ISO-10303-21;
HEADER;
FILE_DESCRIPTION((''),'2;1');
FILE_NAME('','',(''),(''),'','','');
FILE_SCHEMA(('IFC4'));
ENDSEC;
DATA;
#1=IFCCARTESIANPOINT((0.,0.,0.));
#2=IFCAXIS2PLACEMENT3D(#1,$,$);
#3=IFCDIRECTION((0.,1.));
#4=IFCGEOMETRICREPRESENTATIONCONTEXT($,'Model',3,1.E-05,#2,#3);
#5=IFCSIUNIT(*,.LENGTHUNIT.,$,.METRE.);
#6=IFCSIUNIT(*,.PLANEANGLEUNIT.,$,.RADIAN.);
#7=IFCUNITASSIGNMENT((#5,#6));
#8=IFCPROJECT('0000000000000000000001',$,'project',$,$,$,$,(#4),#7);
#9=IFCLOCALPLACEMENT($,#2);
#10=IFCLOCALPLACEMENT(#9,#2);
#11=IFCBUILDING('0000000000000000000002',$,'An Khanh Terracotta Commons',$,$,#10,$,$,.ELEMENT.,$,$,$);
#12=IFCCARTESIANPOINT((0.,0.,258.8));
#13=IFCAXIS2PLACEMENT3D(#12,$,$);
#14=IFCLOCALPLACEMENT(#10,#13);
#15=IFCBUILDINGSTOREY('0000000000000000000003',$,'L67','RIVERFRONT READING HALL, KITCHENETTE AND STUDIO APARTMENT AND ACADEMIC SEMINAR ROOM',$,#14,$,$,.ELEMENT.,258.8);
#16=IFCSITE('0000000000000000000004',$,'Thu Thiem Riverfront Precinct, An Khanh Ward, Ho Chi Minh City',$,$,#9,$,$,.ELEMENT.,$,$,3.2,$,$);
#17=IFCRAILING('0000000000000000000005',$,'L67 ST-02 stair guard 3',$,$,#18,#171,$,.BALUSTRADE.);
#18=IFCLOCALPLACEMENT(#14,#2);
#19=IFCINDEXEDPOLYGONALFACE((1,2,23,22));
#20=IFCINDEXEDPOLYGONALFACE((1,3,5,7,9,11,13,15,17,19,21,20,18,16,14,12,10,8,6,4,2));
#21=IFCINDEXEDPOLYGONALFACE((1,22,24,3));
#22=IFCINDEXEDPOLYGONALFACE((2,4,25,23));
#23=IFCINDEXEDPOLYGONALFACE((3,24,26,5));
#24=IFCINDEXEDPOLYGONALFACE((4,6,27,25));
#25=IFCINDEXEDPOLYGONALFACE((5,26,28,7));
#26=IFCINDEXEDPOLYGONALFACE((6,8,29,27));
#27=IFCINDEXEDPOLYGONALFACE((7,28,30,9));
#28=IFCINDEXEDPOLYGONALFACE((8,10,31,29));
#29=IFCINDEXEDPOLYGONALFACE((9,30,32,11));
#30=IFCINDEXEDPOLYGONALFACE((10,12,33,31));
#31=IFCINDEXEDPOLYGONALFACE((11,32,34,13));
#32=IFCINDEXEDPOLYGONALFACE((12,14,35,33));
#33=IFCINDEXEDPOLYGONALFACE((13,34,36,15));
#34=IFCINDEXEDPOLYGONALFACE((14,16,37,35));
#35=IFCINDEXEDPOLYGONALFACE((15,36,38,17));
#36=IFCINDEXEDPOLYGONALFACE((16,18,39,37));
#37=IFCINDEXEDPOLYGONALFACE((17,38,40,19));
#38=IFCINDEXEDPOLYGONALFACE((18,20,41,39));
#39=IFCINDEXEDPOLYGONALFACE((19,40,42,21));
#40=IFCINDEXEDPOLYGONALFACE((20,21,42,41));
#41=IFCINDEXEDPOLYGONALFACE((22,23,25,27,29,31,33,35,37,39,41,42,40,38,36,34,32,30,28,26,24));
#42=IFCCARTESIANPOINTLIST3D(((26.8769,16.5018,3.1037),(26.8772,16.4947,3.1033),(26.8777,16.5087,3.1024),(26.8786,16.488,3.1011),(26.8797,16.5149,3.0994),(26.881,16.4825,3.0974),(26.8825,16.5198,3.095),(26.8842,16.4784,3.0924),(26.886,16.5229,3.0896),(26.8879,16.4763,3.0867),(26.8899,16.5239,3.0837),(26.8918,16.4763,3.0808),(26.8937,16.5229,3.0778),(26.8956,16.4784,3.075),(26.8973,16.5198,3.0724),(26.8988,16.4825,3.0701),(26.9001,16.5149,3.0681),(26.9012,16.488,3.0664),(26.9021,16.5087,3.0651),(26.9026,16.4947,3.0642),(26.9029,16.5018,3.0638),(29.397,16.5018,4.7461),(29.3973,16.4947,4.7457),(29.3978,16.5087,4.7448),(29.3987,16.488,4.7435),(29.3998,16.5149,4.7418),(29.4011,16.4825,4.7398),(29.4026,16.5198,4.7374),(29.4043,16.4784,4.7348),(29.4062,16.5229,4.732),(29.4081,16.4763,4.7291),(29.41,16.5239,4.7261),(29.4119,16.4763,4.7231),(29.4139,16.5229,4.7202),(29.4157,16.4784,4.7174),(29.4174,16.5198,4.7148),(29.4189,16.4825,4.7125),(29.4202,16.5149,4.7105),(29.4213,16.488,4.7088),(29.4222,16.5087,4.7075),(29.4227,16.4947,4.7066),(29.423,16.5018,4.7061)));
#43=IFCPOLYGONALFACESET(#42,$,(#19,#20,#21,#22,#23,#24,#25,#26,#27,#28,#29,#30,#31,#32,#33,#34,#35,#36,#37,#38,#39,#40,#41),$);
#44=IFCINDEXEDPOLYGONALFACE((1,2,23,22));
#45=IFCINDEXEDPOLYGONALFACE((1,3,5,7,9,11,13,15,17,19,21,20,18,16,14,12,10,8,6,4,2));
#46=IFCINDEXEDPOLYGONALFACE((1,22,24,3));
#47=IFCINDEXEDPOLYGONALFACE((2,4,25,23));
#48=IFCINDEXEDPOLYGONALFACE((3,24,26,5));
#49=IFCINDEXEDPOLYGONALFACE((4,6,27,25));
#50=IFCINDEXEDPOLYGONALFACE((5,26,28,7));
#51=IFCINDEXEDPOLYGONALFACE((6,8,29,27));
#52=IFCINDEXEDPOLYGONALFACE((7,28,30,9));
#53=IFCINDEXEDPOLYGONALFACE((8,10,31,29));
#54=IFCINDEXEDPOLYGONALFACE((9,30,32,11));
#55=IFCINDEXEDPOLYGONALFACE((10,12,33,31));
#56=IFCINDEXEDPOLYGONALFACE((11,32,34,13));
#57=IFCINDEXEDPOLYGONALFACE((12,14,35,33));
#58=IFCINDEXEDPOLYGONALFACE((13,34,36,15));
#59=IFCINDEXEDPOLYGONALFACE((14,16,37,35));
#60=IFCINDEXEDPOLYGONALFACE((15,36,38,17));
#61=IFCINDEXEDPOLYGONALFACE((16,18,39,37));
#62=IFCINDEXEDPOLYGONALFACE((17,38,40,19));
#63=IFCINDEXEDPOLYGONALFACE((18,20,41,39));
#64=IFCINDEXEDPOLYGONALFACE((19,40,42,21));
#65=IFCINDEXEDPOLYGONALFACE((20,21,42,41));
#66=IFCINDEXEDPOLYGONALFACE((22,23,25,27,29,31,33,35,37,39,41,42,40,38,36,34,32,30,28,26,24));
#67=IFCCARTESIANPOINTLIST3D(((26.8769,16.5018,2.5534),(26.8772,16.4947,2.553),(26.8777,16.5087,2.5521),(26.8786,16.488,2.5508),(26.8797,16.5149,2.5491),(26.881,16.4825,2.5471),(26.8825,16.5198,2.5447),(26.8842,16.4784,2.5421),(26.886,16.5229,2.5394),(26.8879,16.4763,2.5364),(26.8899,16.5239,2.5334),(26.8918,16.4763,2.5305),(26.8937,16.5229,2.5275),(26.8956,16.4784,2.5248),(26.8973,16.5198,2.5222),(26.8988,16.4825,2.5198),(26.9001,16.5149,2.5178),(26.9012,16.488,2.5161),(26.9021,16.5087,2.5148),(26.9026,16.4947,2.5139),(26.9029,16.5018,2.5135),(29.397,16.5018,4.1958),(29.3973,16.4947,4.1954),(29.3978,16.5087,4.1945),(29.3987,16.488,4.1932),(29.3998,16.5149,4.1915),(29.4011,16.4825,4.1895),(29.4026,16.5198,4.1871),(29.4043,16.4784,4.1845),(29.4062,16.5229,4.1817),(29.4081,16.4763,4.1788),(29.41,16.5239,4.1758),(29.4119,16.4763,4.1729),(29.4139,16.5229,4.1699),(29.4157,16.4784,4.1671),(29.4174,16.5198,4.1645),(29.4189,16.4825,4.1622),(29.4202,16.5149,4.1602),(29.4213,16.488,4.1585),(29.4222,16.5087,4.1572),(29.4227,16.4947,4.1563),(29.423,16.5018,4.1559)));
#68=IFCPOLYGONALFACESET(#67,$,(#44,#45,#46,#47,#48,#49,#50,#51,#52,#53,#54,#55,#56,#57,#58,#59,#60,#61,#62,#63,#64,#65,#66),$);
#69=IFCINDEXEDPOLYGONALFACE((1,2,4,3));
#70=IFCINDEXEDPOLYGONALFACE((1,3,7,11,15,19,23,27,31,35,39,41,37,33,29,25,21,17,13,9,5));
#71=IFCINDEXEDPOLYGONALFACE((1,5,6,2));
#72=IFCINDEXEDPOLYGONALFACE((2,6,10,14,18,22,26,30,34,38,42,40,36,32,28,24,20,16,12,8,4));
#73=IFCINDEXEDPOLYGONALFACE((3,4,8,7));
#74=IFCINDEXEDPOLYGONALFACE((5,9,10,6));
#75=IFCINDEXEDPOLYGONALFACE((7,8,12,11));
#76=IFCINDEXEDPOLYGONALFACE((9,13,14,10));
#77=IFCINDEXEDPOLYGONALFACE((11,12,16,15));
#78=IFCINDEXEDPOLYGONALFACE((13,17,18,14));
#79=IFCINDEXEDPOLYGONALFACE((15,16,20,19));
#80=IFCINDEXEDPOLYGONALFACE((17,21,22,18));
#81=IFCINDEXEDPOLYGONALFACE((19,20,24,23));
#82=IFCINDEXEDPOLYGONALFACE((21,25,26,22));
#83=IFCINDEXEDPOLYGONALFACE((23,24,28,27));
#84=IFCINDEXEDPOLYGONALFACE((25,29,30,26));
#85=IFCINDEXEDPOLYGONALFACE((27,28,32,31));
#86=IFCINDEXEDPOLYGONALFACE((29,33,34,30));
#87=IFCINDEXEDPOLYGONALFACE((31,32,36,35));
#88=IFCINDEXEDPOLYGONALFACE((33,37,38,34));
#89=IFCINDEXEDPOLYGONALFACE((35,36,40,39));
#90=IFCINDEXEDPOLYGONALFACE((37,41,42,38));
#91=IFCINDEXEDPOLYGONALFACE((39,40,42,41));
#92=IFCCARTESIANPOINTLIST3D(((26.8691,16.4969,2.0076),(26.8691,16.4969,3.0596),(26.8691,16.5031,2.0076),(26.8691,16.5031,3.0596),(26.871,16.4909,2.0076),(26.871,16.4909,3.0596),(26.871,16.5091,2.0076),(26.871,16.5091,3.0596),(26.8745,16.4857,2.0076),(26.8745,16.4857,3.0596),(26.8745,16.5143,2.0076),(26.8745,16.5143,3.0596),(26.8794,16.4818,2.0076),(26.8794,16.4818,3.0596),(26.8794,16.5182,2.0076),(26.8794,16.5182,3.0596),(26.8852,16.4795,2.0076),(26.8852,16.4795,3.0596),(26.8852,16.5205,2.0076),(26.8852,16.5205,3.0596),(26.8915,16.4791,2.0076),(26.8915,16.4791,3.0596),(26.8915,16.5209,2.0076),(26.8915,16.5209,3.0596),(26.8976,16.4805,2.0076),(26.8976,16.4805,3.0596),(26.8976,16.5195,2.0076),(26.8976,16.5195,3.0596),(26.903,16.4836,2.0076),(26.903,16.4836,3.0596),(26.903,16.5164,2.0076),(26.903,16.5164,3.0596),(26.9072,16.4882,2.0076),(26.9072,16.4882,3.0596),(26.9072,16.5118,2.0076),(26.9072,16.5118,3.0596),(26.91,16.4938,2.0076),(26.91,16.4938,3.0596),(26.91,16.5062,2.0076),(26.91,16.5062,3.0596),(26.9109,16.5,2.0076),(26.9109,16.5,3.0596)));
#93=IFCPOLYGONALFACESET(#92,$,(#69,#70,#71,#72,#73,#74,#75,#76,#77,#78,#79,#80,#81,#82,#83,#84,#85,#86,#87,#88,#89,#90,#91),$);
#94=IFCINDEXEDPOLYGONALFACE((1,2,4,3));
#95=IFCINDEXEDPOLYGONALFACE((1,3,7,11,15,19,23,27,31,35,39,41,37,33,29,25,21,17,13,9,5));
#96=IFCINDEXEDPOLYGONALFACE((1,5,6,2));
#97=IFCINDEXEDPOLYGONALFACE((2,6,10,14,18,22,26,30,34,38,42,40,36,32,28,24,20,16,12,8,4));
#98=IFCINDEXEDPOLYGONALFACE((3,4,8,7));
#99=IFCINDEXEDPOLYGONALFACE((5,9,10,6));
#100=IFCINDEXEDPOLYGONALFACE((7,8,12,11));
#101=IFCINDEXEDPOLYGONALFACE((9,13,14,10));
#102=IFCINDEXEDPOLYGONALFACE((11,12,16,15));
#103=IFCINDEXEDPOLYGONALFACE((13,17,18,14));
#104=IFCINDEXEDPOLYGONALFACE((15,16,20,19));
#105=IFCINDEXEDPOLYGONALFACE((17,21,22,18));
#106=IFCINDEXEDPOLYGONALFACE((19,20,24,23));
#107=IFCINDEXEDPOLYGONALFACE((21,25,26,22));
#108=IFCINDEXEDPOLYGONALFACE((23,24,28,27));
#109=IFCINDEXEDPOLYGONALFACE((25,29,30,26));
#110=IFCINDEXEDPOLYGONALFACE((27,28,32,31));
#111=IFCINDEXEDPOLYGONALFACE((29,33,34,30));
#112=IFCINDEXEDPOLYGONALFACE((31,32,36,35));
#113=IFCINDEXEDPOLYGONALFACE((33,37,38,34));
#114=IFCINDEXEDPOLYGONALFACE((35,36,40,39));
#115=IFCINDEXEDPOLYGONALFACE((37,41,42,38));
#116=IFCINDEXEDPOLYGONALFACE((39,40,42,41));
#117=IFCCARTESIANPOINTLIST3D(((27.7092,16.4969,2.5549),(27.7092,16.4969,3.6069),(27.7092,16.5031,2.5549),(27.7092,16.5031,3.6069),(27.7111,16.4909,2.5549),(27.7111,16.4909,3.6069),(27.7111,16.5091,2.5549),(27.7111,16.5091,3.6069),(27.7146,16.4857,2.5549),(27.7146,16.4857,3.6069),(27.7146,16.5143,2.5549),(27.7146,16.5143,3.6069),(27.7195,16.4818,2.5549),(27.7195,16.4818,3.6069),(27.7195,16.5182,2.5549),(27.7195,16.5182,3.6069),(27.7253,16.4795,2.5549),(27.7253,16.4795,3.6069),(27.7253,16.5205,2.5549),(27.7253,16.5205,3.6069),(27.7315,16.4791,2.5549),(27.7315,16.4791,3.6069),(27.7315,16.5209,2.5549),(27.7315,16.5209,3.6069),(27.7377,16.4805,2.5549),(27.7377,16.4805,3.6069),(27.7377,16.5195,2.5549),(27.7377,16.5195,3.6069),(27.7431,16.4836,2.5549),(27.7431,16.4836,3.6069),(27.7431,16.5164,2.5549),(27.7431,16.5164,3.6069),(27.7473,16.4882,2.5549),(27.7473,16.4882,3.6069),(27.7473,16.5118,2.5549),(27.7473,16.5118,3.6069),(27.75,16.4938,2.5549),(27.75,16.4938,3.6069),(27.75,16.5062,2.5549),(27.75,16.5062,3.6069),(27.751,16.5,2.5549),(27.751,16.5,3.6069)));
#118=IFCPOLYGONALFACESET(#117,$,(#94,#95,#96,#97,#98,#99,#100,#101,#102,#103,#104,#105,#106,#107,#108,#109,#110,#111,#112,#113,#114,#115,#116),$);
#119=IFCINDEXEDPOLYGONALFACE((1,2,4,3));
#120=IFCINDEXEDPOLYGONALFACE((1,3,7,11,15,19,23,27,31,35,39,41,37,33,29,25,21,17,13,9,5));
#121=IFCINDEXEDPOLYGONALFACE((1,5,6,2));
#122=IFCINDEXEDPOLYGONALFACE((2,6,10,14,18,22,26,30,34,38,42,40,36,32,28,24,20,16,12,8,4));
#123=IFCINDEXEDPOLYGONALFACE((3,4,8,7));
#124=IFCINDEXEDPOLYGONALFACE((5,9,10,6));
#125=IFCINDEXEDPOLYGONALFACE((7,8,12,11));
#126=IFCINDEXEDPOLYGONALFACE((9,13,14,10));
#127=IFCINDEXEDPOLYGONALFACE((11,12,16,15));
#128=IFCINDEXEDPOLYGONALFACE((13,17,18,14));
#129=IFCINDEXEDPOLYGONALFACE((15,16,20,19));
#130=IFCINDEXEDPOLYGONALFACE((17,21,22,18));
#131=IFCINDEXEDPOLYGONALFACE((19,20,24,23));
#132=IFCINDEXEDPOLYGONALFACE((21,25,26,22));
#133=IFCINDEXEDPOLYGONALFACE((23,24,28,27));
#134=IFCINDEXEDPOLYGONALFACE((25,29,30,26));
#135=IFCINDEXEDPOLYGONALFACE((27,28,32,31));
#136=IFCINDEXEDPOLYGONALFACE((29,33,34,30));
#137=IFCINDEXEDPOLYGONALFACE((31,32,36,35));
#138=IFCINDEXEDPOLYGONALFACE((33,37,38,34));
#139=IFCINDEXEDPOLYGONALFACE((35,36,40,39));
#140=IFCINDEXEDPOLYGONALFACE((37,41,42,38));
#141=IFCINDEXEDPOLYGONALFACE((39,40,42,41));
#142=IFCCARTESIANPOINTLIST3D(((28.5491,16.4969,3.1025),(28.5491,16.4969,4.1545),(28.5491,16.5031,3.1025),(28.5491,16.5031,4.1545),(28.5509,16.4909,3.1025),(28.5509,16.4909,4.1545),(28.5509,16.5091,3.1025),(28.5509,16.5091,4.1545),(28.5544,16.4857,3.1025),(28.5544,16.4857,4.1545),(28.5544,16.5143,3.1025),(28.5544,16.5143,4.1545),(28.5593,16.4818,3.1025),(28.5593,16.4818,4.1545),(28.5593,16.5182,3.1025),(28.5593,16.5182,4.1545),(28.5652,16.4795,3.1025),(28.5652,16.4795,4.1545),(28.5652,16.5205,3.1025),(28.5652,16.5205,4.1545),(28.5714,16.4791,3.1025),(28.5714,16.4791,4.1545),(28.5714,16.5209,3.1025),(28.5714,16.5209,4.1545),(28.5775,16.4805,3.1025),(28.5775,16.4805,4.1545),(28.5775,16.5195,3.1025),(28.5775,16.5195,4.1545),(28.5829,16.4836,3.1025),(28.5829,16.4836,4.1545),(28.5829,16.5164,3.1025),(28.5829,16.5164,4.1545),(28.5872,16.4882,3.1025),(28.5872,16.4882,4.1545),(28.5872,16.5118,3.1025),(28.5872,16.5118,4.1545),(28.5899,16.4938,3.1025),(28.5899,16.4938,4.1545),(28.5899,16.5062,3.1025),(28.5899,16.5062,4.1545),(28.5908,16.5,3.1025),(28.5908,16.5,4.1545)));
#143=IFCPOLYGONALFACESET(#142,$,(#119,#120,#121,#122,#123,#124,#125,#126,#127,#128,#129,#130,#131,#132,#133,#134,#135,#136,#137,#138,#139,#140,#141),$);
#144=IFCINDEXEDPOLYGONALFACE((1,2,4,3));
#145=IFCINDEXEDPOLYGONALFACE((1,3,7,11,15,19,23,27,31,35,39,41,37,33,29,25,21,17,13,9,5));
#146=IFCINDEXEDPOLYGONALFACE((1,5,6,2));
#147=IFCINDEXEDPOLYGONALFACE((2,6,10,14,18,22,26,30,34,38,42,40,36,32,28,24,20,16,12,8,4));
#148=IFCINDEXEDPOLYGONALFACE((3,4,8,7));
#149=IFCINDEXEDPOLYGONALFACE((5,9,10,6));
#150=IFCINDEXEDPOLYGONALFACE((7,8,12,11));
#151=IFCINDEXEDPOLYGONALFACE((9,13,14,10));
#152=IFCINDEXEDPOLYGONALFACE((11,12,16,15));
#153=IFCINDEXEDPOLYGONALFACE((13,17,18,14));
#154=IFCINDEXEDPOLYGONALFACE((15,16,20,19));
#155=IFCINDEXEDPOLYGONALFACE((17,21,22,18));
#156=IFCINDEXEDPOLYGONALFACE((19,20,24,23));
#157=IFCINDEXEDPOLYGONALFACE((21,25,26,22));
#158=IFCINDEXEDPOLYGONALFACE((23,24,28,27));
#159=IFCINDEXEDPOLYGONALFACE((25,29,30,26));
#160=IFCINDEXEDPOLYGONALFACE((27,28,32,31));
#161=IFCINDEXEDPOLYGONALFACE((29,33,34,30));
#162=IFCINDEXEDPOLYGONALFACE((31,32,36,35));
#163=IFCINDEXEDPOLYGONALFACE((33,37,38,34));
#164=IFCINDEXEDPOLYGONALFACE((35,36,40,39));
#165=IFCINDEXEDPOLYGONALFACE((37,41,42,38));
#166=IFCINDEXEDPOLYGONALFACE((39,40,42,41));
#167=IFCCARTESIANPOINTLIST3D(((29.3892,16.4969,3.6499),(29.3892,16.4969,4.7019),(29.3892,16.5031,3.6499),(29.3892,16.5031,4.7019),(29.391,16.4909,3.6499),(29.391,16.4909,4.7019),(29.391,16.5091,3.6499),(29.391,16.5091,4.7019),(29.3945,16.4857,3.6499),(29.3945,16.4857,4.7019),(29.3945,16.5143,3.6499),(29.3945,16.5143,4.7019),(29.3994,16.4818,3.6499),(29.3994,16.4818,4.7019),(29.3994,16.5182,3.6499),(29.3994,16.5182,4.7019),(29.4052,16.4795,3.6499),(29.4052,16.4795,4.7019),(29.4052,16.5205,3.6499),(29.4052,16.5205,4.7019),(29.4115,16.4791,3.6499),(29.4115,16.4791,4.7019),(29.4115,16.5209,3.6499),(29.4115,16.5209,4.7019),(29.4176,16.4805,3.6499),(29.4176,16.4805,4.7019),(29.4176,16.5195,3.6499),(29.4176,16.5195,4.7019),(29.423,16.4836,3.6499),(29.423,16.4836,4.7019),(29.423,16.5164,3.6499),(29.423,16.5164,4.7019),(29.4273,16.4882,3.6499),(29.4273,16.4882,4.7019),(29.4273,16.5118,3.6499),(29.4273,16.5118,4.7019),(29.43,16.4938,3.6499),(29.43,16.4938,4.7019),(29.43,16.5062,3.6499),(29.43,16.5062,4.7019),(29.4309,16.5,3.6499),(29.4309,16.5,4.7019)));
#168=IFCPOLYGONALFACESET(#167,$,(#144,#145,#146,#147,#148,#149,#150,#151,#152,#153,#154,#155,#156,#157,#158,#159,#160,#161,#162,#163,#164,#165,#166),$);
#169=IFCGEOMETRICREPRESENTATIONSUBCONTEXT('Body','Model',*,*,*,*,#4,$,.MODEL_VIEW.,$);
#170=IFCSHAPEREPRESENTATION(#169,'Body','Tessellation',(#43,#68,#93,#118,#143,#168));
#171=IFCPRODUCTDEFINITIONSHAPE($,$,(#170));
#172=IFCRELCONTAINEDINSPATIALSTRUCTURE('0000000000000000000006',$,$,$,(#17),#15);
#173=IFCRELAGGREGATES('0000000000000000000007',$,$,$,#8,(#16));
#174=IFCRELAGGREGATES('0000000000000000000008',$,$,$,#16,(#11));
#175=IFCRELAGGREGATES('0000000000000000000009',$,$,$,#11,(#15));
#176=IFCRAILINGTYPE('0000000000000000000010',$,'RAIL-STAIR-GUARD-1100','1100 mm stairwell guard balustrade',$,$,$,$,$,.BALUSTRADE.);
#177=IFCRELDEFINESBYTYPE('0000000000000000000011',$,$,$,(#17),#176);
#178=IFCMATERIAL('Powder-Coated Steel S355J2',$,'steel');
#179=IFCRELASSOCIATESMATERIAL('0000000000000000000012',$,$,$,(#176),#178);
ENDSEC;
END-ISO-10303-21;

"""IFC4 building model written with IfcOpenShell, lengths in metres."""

from ifc_helpers import new_model, si_unit, direction, frame, origin, origin_2d, place, context, subcontext, project, spatial, circle, extrude, material, type_object, element, save


model = new_model("IFC4")

# Units and contexts
model_context = context("Model", 3, precision=1e-05, world=origin(), true_north=direction((0.0, 1.0)))
body_context = subcontext(model_context, "Body", "Model", "MODEL_VIEW")
ifc_project = project(units=[si_unit("LENGTHUNIT", "METRE"), si_unit("PLANEANGLEUNIT", "RADIAN")], contexts=[model_context])

# Site, building, storey
site_placement = place(None, origin())
site = spatial("IfcSite", under=ifc_project, at=site_placement, Name="Thu Thiem Riverfront Precinct, An Khanh Ward, Ho Chi Minh City", CompositionType="ELEMENT", RefElevation=3.2)
building_placement = place(site_placement, origin())
building = spatial("IfcBuilding", under=site, at=building_placement, Name="An Khanh Terracotta Commons", CompositionType="ELEMENT")
storey_placement = place(building_placement, frame((0.0, 0.0, 258.8)))
storey = spatial("IfcBuildingStorey", under=building, at=storey_placement, Name="L67", Description="RIVERFRONT READING HALL, KITCHENETTE AND STUDIO APARTMENT AND ACADEMIC SEMINAR ROOM", CompositionType="ELEMENT", Elevation=258.8)

# Railing
ifc_material_1 = material(Name="Powder-Coated Steel S355J2", Category="steel")
railing_type_1 = type_object("IfcRailingType", Name="RAIL-STAIR-GUARD-1100", Description="1100 mm stairwell guard balustrade", PredefinedType="BALUSTRADE", material=ifc_material_1)
railing_1_placement = place(storey_placement, frame((26.8899, 16.5, 2.0076)))
element("IfcRailing", 1, at=railing_1_placement, inside=storey, type_object=railing_type_1, Name="L67 ST-02 stair guard 3", PredefinedType="BALUSTRADE", context=body_context, shape_type="SweptSolid", body=[
    extrude(circle(Radius=0.0239, at=origin_2d()), frame((0.0, 0.0, 1.0762), z_axis=(0.837787, 0.0, 0.545998), x_axis=(0.0, 1.0, 0.0)), (0.0, 0.0, 1.0), 3.0081),
    extrude(circle(Radius=0.0239, at=origin_2d()), frame((0.0, 0.0, 0.5259), z_axis=(0.837787, 0.0, 0.545998), x_axis=(0.0, 1.0, 0.0)), (0.0, 0.0, 1.0), 3.0081),
    extrude(circle(Radius=0.021, at=origin_2d()), origin(), (0.0, 0.0, 1.0), 1.052),
    extrude(circle(Radius=0.021, at=origin_2d()), frame((0.8401, 0.0, 0.5474)), (0.0, 0.0, 1.0), 1.052),
    extrude(circle(Radius=0.021, at=origin_2d()), frame((1.6799, 0.0, 1.095)), (0.0, 0.0, 1.0), 1.052),
    extrude(circle(Radius=0.021, at=origin_2d()), frame((2.52, 0.0, 1.6423)), (0.0, 0.0, 1.0), 1.052),
])

save(model, "model.ifc")
